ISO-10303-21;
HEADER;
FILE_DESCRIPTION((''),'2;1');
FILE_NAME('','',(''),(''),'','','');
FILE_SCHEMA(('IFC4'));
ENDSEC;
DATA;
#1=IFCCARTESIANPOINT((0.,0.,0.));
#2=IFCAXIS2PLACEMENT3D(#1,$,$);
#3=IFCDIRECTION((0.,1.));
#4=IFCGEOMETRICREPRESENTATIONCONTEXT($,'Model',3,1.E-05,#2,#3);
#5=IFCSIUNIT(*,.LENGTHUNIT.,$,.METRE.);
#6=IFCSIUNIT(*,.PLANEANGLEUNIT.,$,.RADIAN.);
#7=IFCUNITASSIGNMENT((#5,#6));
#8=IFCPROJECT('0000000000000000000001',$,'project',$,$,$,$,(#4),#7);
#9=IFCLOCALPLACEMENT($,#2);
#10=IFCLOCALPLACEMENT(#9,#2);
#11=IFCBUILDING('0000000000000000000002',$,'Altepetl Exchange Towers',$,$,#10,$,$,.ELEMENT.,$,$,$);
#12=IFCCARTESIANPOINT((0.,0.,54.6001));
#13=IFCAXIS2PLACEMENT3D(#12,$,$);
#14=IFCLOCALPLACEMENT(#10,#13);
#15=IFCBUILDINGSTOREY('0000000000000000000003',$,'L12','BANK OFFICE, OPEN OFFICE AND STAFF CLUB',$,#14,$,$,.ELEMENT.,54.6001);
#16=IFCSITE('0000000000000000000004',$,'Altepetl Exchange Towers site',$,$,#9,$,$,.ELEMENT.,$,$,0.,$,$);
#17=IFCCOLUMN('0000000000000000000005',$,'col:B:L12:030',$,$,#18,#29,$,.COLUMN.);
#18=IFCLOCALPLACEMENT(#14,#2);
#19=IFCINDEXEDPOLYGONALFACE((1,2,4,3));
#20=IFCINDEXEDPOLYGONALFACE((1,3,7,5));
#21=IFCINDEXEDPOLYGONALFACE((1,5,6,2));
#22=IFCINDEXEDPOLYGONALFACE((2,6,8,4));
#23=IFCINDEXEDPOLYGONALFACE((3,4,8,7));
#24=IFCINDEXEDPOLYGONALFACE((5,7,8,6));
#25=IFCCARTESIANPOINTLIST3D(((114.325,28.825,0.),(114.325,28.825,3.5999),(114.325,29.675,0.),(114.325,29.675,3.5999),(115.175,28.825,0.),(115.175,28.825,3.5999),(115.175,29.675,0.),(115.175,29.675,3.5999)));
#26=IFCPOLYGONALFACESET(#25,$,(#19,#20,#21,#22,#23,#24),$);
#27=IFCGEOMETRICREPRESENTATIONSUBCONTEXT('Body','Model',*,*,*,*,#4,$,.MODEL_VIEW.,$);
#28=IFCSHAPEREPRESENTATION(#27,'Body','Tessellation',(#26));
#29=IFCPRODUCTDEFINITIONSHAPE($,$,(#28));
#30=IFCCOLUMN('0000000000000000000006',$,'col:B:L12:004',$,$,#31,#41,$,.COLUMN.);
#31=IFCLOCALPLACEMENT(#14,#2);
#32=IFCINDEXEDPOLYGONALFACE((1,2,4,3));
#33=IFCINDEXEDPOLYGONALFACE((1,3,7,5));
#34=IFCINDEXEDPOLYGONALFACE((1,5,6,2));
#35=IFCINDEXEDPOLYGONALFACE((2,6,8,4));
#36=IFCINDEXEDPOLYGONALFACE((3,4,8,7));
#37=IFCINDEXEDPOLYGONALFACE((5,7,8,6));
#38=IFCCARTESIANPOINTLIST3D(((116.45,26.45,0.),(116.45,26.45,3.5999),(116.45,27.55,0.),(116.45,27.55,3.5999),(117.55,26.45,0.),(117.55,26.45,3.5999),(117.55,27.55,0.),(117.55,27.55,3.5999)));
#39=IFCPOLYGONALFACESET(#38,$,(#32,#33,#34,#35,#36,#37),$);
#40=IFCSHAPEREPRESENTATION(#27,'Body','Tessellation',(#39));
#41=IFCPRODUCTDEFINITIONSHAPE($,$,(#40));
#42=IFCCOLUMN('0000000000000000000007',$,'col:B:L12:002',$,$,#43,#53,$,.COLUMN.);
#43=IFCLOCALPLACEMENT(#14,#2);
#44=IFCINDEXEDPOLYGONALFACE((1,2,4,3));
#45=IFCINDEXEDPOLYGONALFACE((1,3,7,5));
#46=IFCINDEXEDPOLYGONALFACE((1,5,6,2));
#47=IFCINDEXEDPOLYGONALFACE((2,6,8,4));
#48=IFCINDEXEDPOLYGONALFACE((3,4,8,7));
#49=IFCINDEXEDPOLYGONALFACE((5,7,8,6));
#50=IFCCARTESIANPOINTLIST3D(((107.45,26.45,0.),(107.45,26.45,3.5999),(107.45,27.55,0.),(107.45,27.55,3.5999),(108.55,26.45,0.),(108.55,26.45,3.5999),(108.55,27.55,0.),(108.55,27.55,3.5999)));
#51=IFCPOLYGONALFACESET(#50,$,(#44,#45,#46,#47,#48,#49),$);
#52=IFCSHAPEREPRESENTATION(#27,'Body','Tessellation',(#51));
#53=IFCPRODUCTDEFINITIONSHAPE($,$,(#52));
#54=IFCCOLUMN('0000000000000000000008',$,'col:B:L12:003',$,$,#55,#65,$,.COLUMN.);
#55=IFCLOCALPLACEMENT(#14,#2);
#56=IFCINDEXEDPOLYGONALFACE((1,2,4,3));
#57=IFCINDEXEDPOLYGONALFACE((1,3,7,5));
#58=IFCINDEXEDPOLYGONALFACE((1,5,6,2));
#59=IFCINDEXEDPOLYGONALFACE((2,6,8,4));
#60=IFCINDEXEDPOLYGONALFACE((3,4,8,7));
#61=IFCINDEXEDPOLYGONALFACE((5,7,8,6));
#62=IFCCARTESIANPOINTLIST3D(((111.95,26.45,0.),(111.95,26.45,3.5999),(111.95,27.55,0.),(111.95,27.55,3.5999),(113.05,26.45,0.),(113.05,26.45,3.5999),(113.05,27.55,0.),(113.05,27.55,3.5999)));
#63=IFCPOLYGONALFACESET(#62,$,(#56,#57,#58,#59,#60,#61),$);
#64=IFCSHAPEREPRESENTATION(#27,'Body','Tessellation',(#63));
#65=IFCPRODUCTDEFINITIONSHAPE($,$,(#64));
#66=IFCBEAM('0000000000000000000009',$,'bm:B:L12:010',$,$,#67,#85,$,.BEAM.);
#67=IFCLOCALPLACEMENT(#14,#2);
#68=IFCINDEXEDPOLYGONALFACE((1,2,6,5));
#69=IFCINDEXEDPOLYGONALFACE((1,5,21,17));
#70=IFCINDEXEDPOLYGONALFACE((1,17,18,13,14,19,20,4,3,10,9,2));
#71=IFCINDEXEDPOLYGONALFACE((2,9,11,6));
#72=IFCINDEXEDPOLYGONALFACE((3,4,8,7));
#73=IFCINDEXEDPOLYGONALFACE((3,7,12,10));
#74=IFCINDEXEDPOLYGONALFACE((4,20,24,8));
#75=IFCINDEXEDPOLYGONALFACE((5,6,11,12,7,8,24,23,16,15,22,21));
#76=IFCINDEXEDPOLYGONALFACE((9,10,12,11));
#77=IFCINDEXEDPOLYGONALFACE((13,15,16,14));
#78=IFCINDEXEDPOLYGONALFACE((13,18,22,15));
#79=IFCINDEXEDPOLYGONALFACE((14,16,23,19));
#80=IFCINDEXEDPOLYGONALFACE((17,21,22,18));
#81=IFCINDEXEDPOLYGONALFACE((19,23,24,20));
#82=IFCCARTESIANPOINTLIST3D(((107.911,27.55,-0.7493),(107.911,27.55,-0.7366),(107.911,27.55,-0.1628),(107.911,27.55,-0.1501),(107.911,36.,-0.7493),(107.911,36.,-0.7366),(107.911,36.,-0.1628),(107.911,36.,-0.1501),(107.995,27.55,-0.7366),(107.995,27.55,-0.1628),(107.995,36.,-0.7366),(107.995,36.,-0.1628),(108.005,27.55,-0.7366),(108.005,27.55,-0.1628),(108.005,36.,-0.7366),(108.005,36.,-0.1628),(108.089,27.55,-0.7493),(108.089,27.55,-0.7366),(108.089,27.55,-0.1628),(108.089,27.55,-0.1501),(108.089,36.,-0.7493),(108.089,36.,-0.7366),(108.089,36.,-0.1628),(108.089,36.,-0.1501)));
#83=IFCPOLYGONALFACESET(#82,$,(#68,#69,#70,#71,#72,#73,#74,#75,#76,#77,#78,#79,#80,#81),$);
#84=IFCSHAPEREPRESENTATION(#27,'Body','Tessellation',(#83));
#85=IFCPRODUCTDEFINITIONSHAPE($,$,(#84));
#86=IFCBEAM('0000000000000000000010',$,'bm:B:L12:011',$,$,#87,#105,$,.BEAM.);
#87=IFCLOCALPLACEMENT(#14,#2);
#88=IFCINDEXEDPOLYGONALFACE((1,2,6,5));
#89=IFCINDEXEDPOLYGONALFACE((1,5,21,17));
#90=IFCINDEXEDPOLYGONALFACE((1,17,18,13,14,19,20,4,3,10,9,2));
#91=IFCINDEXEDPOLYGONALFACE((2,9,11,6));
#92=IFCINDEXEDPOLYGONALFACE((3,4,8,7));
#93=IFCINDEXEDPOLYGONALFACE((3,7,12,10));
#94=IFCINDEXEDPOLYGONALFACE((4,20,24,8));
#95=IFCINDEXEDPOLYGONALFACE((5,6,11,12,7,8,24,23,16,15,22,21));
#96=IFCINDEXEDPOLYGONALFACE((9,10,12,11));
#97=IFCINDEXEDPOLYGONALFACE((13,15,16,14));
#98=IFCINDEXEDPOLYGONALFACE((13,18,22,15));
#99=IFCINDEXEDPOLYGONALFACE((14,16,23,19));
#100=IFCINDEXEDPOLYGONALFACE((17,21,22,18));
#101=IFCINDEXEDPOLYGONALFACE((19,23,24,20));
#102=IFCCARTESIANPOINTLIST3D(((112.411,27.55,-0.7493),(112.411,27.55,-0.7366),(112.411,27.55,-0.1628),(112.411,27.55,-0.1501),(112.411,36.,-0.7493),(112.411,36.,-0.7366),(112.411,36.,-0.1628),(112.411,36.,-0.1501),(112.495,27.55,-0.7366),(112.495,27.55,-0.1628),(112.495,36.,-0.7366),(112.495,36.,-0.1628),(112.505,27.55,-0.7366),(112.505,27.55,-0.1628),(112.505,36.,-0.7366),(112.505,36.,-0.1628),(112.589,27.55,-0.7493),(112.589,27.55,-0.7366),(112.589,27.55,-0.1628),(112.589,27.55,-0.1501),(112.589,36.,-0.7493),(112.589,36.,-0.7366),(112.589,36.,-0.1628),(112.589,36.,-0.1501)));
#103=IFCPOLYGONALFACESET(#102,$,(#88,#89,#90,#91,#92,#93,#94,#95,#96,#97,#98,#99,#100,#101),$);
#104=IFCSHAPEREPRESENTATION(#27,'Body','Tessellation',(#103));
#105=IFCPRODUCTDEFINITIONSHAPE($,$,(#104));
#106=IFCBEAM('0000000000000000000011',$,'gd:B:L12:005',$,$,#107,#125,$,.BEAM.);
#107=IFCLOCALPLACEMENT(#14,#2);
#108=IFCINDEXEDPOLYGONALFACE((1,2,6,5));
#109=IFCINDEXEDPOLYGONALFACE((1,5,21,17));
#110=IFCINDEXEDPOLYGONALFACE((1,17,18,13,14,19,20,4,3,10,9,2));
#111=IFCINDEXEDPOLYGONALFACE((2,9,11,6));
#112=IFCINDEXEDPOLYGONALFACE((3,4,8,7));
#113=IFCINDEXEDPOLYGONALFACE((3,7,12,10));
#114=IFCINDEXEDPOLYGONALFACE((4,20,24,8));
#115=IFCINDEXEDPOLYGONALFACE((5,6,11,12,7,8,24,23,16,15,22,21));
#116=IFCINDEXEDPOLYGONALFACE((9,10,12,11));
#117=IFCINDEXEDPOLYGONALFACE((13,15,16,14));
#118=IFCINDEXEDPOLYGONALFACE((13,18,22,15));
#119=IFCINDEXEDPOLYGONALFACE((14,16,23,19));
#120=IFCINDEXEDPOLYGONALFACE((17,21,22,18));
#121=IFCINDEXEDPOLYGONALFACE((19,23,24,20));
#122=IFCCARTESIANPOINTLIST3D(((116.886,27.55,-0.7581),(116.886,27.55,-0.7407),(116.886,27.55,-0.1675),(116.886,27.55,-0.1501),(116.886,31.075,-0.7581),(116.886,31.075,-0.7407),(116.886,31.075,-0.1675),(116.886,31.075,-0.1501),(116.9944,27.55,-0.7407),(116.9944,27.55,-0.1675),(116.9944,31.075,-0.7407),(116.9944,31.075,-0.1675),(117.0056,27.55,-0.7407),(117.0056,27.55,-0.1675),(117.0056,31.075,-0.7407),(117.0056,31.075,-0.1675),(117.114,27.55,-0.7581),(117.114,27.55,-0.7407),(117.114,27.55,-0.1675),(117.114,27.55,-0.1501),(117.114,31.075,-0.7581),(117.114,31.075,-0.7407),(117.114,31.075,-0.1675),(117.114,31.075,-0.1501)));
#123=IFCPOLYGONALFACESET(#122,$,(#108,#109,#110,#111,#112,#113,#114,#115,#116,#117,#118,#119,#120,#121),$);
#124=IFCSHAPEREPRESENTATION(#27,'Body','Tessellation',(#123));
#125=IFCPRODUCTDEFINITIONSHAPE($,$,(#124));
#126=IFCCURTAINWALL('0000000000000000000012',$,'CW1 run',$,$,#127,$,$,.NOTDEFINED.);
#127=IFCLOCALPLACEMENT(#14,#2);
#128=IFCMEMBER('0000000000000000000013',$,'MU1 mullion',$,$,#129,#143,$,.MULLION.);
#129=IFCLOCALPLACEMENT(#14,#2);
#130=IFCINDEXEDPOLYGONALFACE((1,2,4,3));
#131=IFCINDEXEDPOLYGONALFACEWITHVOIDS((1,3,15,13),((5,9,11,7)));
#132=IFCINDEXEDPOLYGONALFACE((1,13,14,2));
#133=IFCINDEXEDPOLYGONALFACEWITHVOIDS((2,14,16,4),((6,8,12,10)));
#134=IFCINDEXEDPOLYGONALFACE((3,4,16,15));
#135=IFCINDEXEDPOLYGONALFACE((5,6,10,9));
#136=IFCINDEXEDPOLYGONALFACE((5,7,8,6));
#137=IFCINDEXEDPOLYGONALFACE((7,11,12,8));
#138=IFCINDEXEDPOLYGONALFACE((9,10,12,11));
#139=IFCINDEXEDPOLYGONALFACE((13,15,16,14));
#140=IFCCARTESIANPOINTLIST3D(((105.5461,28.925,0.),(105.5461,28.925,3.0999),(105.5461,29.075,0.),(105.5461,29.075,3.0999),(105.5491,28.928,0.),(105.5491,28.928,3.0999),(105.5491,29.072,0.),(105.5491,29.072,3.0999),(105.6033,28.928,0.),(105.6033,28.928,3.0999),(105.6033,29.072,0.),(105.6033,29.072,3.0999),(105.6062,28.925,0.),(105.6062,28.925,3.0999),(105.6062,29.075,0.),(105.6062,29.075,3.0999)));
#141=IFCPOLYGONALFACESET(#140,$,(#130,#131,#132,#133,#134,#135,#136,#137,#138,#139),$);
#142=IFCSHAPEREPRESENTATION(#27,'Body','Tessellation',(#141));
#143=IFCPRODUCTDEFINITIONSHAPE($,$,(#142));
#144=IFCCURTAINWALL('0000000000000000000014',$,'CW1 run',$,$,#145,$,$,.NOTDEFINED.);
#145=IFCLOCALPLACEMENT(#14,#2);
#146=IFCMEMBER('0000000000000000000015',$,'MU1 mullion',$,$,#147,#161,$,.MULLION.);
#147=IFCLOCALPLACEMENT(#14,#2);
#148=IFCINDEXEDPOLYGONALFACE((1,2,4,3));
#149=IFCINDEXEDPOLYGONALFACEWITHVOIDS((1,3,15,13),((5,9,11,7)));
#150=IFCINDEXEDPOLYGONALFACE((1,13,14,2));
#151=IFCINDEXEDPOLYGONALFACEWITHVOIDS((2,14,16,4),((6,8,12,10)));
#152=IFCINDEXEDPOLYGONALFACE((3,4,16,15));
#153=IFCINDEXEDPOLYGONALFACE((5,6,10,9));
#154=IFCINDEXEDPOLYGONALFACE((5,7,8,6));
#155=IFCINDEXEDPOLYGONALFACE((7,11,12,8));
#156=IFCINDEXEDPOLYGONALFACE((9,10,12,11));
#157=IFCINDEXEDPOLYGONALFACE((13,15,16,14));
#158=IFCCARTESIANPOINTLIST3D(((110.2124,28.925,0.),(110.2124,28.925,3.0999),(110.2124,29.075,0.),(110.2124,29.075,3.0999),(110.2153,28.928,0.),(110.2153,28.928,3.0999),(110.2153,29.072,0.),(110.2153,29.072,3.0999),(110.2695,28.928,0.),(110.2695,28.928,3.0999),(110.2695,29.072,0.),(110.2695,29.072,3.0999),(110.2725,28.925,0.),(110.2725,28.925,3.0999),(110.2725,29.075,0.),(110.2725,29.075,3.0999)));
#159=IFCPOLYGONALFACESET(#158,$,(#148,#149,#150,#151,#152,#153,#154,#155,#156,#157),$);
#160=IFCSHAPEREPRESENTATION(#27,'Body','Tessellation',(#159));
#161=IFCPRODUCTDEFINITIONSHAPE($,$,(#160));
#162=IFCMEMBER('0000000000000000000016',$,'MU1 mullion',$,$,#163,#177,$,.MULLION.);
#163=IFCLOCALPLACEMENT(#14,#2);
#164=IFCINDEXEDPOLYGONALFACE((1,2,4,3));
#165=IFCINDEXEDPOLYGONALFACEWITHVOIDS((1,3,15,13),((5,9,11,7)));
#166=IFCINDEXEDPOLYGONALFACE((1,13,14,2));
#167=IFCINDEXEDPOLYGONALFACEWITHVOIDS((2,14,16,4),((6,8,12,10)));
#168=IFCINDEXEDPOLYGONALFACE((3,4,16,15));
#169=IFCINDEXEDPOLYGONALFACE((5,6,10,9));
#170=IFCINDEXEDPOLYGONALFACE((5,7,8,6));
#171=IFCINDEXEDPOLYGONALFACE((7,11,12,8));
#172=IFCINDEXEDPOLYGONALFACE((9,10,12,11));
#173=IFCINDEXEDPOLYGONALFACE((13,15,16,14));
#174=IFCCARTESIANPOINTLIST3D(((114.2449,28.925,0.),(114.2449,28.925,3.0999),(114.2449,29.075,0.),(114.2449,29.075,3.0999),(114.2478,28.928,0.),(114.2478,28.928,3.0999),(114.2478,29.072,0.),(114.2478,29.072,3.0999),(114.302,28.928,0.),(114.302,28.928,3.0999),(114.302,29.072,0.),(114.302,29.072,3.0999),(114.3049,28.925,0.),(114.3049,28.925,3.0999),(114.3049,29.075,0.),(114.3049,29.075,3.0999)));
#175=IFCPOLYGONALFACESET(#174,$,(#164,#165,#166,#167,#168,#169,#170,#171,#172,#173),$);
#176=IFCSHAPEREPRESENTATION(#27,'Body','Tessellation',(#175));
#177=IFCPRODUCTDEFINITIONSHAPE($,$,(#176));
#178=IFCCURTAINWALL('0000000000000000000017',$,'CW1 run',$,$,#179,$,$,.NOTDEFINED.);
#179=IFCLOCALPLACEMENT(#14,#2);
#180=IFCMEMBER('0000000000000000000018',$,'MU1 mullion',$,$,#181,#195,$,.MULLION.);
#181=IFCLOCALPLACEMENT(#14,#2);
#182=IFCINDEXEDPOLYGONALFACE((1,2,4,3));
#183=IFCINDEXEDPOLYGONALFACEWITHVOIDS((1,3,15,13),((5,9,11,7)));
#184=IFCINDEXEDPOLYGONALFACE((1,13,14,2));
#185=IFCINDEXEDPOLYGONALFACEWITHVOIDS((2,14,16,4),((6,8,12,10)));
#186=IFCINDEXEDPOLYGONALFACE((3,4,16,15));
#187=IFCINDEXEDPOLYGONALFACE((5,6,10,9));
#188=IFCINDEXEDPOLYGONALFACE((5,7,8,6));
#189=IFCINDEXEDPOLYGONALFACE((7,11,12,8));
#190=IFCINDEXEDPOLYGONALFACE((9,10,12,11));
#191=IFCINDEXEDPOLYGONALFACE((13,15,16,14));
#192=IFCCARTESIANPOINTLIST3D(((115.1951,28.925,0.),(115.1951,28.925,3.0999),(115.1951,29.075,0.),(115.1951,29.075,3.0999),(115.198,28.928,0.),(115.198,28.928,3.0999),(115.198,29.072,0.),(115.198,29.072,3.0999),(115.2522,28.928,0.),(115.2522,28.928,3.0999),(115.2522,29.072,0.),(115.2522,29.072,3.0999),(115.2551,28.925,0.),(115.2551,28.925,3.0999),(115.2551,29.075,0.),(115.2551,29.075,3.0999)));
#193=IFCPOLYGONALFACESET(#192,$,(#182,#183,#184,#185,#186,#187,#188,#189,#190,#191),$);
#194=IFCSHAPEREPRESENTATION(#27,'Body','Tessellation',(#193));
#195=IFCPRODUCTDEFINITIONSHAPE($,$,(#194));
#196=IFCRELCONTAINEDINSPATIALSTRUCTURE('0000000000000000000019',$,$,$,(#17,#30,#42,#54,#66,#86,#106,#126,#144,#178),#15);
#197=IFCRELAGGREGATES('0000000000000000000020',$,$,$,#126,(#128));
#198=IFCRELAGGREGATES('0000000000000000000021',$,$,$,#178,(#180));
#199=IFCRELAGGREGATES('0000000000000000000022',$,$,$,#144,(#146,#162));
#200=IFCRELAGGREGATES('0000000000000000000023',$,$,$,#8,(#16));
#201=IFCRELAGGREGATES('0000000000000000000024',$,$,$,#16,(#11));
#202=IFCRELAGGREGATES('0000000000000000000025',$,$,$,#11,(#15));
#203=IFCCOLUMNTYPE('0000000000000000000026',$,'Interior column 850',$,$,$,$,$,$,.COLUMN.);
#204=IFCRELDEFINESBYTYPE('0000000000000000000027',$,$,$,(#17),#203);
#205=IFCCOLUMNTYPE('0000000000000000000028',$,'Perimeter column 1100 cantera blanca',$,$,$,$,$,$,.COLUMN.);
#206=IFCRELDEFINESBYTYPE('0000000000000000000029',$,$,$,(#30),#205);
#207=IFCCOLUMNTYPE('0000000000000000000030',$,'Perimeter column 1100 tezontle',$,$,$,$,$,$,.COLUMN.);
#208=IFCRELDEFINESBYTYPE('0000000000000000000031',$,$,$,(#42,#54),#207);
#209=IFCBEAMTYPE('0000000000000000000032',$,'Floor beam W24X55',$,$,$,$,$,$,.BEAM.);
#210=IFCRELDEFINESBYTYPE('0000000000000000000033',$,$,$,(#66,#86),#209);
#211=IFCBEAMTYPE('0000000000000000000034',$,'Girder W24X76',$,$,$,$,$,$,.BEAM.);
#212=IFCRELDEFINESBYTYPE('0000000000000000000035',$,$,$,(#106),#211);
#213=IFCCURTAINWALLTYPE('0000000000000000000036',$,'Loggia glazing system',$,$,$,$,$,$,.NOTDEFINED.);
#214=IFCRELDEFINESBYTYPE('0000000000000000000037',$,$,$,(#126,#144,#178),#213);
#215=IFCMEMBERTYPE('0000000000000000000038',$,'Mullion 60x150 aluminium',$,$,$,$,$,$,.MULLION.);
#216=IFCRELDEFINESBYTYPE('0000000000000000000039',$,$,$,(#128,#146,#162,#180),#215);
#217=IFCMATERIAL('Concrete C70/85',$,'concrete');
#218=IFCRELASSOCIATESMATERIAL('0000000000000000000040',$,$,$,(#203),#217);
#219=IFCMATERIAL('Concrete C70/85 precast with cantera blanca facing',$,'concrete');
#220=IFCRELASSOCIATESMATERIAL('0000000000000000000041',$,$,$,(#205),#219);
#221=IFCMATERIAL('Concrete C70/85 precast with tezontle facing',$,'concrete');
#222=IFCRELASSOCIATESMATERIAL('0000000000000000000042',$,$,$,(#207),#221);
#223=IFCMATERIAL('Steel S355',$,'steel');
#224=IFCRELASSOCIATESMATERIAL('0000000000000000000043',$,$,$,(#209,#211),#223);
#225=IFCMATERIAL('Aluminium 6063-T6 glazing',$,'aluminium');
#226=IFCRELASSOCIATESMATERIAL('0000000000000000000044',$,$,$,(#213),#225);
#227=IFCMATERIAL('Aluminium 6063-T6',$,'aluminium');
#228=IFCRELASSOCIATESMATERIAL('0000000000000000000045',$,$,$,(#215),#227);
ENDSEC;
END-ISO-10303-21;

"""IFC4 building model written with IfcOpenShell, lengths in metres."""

from ifc_helpers import new_model, si_unit, direction, frame, origin, origin_2d, place, context, subcontext, project, spatial, rectangle, hollow_rectangle, i_section, extrude, material, material_profile, profile_set, type_object, element, aggregate, save


model = new_model("IFC4")

# Units and contexts
model_context = context("Model", 3, precision=1e-05, world=origin(), true_north=direction((0.0, 1.0)))
body_context = subcontext(model_context, "Body", "Model", "MODEL_VIEW")
ifc_project = project(units=[si_unit("LENGTHUNIT", "METRE"), si_unit("PLANEANGLEUNIT", "RADIAN")], contexts=[model_context])

# Site, building, storey
site_placement = place(None, origin())
site = spatial("IfcSite", under=ifc_project, at=site_placement, Name="Altepetl Exchange Towers site", CompositionType="ELEMENT", RefElevation=0.0)
building_placement = place(site_placement, origin())
building = spatial("IfcBuilding", under=site, at=building_placement, Name="Altepetl Exchange Towers", CompositionType="ELEMENT")
storey_placement = place(building_placement, frame((0.0, 0.0, 54.6001)))
storey = spatial("IfcBuildingStorey", under=building, at=storey_placement, Name="L12", Description="BANK OFFICE, OPEN OFFICE AND STAFF CLUB", CompositionType="ELEMENT", Elevation=54.6001)

# Columns
ifc_material_1 = material(Name="Concrete C70/85", Category="concrete")
ifc_material_profile_1 = material_profile(ifc_material_1, rectangle(XDim=0.8501, YDim=0.8501, at=origin_2d()), Name="850 x 850")
ifc_profile_set_1 = profile_set([ifc_material_profile_1], Name="Concrete C70/85")
column_type_1 = type_object("IfcColumnType", Name="Interior column 850", PredefinedType="COLUMN", material=ifc_profile_set_1)
column_1_placement = place(storey_placement, frame((114.75, 29.25, 0.0)))
element("IfcColumn", 1, at=column_1_placement, inside=storey, type_object=column_type_1, Name="col:B:L12:030", PredefinedType="COLUMN", context=body_context, shape_type="SweptSolid", body=[
    extrude(rectangle(XDim=0.8501, YDim=0.8501, at=origin_2d()), origin(), (0.0, 0.0, 1.0), 3.5999),
])
ifc_material_2 = material(Name="Concrete C70/85 precast with cantera blanca facing", Category="concrete")
ifc_material_profile_2 = material_profile(ifc_material_2, rectangle(XDim=1.1001, YDim=1.1001, at=origin_2d()), Name="1100 x 1100")
ifc_profile_set_2 = profile_set([ifc_material_profile_2], Name="Concrete C70/85 precast with cantera blanca facing")
column_type_2 = type_object("IfcColumnType", Name="Perimeter column 1100 cantera blanca", PredefinedType="COLUMN", material=ifc_profile_set_2)
column_2_placement = place(storey_placement, frame((117.0, 27.0, 0.0)))
element("IfcColumn", 2, at=column_2_placement, inside=storey, type_object=column_type_2, Name="col:B:L12:004", PredefinedType="COLUMN", context=body_context, shape_type="SweptSolid", body=[
    extrude(rectangle(XDim=1.1001, YDim=1.1001, at=origin_2d()), origin(), (0.0, 0.0, 1.0), 3.5999),
])
ifc_material_3 = material(Name="Concrete C70/85 precast with tezontle facing", Category="concrete")
ifc_material_profile_3 = material_profile(ifc_material_3, rectangle(XDim=1.1001, YDim=1.1001, at=origin_2d()), Name="1100 x 1100")
ifc_profile_set_3 = profile_set([ifc_material_profile_3], Name="Concrete C70/85 precast with tezontle facing")
column_type_3 = type_object("IfcColumnType", Name="Perimeter column 1100 tezontle", PredefinedType="COLUMN", material=ifc_profile_set_3)
for number, where, name in (
    (3, (108.0, 27.0, 0.0), "col:B:L12:002"),
    (4, (112.5, 27.0, 0.0), "col:B:L12:003"),
):
    element("IfcColumn", number, at=place(storey_placement, frame(where)), inside=storey, type_object=column_type_3, Name=name, PredefinedType="COLUMN", context=body_context, shape_type="SweptSolid", body=[
        extrude(rectangle(XDim=1.1001, YDim=1.1001, at=origin_2d()), origin(), (0.0, 0.0, 1.0), 3.5999),
    ])

# Beams
ifc_material_4 = material(Name="Steel S355", Category="steel")
ifc_material_profile_4 = material_profile(ifc_material_4, i_section(OverallWidth=0.178, OverallDepth=0.5991, WebThickness=0.01, FlangeThickness=0.0127, at=origin_2d()), Name="W24X55")
ifc_profile_set_4 = profile_set([ifc_material_profile_4], Name="Steel S355")
beam_type_1 = type_object("IfcBeamType", Name="Floor beam W24X55", PredefinedType="BEAM", material=ifc_profile_set_4)
for number, where, z_axis, x_axis, name in (
    (5, (108.0, 27.55, -0.4497), (0.0, 1.0, 0.0), (-1.0, 0.0, 0.0), "bm:B:L12:010"),
    (6, (112.5, 27.55, -0.4497), (0.0, 1.0, 0.0), (-1.0, 0.0, 0.0), "bm:B:L12:011"),
):
    element("IfcBeam", number, at=place(storey_placement, frame(where, z_axis=z_axis, x_axis=x_axis)), inside=storey, type_object=beam_type_1, Name=name, PredefinedType="BEAM", context=body_context, shape_type="SweptSolid", body=[
        extrude(i_section(OverallWidth=0.178, OverallDepth=0.5991, WebThickness=0.01, FlangeThickness=0.0127, at=origin_2d()), origin(), (0.0, 0.0, 1.0), 8.45),
    ])
ifc_material_profile_5 = material_profile(ifc_material_4, i_section(OverallWidth=0.228, OverallDepth=0.6079, WebThickness=0.0112, FlangeThickness=0.0173, at=origin_2d()), Name="W24X76")
ifc_profile_set_5 = profile_set([ifc_material_profile_5], Name="Steel S355")
beam_type_2 = type_object("IfcBeamType", Name="Girder W24X76", PredefinedType="BEAM", material=ifc_profile_set_5)
beam_placement = place(storey_placement, frame((117.0, 31.075, -0.4541), z_axis=(0.0, -1.0, 0.0), x_axis=(1.0, 0.0, 0.0)))
element("IfcBeam", 7, at=beam_placement, inside=storey, type_object=beam_type_2, Name="gd:B:L12:005", PredefinedType="BEAM", context=body_context, shape_type="SweptSolid", body=[
    extrude(i_section(OverallWidth=0.228, OverallDepth=0.6079, WebThickness=0.0112, FlangeThickness=0.0173, at=origin_2d()), origin(), (0.0, 0.0, 1.0), 3.5249),
])

# Curtain wall, member
ifc_material_5 = material(Name="Aluminium 6063-T6 glazing", Category="aluminium")
curtain_wall_type = type_object("IfcCurtainWallType", Name="Loggia glazing system", PredefinedType="NOTDEFINED", material=ifc_material_5)
curtain_wall_1_placement = place(storey_placement, origin())
curtain_wall_1 = element("IfcCurtainWall", 8, at=curtain_wall_1_placement, inside=storey, type_object=curtain_wall_type, Name="CW1 run", PredefinedType="NOTDEFINED")
ifc_material_6 = material(Name="Aluminium 6063-T6", Category="aluminium")
ifc_material_profile_6 = material_profile(ifc_material_6, hollow_rectangle(XDim=0.0601, YDim=0.1499, WallThickness=0.0029, at=origin_2d()), Name="Mullion 60x150 aluminium")
ifc_profile_set_6 = profile_set([ifc_material_profile_6], Name="Aluminium 6063-T6")
member_type = type_object("IfcMemberType", Name="Mullion 60x150 aluminium", PredefinedType="MULLION", material=ifc_profile_set_6)
member_1_placement = place(storey_placement, frame((105.5762, 29.0, 0.0)))
member_1 = element("IfcMember", 9, at=member_1_placement, type_object=member_type, Name="MU1 mullion", PredefinedType="MULLION", context=body_context, shape_type="SweptSolid", body=[
    extrude(hollow_rectangle(XDim=0.0601, YDim=0.1499, WallThickness=0.0029, at=origin_2d()), origin(), (0.0, 0.0, 1.0), 3.0999),
])
aggregate(curtain_wall_1, [member_1])

# Curtain wall, members
curtain_wall_2_placement = place(storey_placement, origin())
curtain_wall_2 = element("IfcCurtainWall", 10, at=curtain_wall_2_placement, inside=storey, type_object=curtain_wall_type, Name="CW1 run", PredefinedType="NOTDEFINED")
member_2_placement = place(storey_placement, frame((110.2424, 29.0, 0.0)))
member_2 = element("IfcMember", 11, at=member_2_placement, type_object=member_type, Name="MU1 mullion", PredefinedType="MULLION", context=body_context, shape_type="SweptSolid", body=[
    extrude(hollow_rectangle(XDim=0.0601, YDim=0.1499, WallThickness=0.0029, at=origin_2d()), origin(), (0.0, 0.0, 1.0), 3.0999),
])
member_3_placement = place(storey_placement, frame((114.2749, 29.0, 0.0)))
member_3 = element("IfcMember", 12, at=member_3_placement, type_object=member_type, Name="MU1 mullion", PredefinedType="MULLION", context=body_context, shape_type="SweptSolid", body=[
    extrude(hollow_rectangle(XDim=0.0601, YDim=0.1499, WallThickness=0.0029, at=origin_2d()), origin(), (0.0, 0.0, 1.0), 3.0999),
])

# Curtain wall, member
curtain_wall_3_placement = place(storey_placement, origin())
curtain_wall_3 = element("IfcCurtainWall", 13, at=curtain_wall_3_placement, inside=storey, type_object=curtain_wall_type, Name="CW1 run", PredefinedType="NOTDEFINED")
member_4_placement = place(storey_placement, frame((115.2251, 29.0, 0.0)))
member_4 = element("IfcMember", 14, at=member_4_placement, type_object=member_type, Name="MU1 mullion", PredefinedType="MULLION", context=body_context, shape_type="SweptSolid", body=[
    extrude(hollow_rectangle(XDim=0.0601, YDim=0.1499, WallThickness=0.0029, at=origin_2d()), origin(), (0.0, 0.0, 1.0), 3.0999),
])
aggregate(curtain_wall_3, [member_4])

aggregate(curtain_wall_2, [member_2, member_3])

save(model, "model.ifc")
